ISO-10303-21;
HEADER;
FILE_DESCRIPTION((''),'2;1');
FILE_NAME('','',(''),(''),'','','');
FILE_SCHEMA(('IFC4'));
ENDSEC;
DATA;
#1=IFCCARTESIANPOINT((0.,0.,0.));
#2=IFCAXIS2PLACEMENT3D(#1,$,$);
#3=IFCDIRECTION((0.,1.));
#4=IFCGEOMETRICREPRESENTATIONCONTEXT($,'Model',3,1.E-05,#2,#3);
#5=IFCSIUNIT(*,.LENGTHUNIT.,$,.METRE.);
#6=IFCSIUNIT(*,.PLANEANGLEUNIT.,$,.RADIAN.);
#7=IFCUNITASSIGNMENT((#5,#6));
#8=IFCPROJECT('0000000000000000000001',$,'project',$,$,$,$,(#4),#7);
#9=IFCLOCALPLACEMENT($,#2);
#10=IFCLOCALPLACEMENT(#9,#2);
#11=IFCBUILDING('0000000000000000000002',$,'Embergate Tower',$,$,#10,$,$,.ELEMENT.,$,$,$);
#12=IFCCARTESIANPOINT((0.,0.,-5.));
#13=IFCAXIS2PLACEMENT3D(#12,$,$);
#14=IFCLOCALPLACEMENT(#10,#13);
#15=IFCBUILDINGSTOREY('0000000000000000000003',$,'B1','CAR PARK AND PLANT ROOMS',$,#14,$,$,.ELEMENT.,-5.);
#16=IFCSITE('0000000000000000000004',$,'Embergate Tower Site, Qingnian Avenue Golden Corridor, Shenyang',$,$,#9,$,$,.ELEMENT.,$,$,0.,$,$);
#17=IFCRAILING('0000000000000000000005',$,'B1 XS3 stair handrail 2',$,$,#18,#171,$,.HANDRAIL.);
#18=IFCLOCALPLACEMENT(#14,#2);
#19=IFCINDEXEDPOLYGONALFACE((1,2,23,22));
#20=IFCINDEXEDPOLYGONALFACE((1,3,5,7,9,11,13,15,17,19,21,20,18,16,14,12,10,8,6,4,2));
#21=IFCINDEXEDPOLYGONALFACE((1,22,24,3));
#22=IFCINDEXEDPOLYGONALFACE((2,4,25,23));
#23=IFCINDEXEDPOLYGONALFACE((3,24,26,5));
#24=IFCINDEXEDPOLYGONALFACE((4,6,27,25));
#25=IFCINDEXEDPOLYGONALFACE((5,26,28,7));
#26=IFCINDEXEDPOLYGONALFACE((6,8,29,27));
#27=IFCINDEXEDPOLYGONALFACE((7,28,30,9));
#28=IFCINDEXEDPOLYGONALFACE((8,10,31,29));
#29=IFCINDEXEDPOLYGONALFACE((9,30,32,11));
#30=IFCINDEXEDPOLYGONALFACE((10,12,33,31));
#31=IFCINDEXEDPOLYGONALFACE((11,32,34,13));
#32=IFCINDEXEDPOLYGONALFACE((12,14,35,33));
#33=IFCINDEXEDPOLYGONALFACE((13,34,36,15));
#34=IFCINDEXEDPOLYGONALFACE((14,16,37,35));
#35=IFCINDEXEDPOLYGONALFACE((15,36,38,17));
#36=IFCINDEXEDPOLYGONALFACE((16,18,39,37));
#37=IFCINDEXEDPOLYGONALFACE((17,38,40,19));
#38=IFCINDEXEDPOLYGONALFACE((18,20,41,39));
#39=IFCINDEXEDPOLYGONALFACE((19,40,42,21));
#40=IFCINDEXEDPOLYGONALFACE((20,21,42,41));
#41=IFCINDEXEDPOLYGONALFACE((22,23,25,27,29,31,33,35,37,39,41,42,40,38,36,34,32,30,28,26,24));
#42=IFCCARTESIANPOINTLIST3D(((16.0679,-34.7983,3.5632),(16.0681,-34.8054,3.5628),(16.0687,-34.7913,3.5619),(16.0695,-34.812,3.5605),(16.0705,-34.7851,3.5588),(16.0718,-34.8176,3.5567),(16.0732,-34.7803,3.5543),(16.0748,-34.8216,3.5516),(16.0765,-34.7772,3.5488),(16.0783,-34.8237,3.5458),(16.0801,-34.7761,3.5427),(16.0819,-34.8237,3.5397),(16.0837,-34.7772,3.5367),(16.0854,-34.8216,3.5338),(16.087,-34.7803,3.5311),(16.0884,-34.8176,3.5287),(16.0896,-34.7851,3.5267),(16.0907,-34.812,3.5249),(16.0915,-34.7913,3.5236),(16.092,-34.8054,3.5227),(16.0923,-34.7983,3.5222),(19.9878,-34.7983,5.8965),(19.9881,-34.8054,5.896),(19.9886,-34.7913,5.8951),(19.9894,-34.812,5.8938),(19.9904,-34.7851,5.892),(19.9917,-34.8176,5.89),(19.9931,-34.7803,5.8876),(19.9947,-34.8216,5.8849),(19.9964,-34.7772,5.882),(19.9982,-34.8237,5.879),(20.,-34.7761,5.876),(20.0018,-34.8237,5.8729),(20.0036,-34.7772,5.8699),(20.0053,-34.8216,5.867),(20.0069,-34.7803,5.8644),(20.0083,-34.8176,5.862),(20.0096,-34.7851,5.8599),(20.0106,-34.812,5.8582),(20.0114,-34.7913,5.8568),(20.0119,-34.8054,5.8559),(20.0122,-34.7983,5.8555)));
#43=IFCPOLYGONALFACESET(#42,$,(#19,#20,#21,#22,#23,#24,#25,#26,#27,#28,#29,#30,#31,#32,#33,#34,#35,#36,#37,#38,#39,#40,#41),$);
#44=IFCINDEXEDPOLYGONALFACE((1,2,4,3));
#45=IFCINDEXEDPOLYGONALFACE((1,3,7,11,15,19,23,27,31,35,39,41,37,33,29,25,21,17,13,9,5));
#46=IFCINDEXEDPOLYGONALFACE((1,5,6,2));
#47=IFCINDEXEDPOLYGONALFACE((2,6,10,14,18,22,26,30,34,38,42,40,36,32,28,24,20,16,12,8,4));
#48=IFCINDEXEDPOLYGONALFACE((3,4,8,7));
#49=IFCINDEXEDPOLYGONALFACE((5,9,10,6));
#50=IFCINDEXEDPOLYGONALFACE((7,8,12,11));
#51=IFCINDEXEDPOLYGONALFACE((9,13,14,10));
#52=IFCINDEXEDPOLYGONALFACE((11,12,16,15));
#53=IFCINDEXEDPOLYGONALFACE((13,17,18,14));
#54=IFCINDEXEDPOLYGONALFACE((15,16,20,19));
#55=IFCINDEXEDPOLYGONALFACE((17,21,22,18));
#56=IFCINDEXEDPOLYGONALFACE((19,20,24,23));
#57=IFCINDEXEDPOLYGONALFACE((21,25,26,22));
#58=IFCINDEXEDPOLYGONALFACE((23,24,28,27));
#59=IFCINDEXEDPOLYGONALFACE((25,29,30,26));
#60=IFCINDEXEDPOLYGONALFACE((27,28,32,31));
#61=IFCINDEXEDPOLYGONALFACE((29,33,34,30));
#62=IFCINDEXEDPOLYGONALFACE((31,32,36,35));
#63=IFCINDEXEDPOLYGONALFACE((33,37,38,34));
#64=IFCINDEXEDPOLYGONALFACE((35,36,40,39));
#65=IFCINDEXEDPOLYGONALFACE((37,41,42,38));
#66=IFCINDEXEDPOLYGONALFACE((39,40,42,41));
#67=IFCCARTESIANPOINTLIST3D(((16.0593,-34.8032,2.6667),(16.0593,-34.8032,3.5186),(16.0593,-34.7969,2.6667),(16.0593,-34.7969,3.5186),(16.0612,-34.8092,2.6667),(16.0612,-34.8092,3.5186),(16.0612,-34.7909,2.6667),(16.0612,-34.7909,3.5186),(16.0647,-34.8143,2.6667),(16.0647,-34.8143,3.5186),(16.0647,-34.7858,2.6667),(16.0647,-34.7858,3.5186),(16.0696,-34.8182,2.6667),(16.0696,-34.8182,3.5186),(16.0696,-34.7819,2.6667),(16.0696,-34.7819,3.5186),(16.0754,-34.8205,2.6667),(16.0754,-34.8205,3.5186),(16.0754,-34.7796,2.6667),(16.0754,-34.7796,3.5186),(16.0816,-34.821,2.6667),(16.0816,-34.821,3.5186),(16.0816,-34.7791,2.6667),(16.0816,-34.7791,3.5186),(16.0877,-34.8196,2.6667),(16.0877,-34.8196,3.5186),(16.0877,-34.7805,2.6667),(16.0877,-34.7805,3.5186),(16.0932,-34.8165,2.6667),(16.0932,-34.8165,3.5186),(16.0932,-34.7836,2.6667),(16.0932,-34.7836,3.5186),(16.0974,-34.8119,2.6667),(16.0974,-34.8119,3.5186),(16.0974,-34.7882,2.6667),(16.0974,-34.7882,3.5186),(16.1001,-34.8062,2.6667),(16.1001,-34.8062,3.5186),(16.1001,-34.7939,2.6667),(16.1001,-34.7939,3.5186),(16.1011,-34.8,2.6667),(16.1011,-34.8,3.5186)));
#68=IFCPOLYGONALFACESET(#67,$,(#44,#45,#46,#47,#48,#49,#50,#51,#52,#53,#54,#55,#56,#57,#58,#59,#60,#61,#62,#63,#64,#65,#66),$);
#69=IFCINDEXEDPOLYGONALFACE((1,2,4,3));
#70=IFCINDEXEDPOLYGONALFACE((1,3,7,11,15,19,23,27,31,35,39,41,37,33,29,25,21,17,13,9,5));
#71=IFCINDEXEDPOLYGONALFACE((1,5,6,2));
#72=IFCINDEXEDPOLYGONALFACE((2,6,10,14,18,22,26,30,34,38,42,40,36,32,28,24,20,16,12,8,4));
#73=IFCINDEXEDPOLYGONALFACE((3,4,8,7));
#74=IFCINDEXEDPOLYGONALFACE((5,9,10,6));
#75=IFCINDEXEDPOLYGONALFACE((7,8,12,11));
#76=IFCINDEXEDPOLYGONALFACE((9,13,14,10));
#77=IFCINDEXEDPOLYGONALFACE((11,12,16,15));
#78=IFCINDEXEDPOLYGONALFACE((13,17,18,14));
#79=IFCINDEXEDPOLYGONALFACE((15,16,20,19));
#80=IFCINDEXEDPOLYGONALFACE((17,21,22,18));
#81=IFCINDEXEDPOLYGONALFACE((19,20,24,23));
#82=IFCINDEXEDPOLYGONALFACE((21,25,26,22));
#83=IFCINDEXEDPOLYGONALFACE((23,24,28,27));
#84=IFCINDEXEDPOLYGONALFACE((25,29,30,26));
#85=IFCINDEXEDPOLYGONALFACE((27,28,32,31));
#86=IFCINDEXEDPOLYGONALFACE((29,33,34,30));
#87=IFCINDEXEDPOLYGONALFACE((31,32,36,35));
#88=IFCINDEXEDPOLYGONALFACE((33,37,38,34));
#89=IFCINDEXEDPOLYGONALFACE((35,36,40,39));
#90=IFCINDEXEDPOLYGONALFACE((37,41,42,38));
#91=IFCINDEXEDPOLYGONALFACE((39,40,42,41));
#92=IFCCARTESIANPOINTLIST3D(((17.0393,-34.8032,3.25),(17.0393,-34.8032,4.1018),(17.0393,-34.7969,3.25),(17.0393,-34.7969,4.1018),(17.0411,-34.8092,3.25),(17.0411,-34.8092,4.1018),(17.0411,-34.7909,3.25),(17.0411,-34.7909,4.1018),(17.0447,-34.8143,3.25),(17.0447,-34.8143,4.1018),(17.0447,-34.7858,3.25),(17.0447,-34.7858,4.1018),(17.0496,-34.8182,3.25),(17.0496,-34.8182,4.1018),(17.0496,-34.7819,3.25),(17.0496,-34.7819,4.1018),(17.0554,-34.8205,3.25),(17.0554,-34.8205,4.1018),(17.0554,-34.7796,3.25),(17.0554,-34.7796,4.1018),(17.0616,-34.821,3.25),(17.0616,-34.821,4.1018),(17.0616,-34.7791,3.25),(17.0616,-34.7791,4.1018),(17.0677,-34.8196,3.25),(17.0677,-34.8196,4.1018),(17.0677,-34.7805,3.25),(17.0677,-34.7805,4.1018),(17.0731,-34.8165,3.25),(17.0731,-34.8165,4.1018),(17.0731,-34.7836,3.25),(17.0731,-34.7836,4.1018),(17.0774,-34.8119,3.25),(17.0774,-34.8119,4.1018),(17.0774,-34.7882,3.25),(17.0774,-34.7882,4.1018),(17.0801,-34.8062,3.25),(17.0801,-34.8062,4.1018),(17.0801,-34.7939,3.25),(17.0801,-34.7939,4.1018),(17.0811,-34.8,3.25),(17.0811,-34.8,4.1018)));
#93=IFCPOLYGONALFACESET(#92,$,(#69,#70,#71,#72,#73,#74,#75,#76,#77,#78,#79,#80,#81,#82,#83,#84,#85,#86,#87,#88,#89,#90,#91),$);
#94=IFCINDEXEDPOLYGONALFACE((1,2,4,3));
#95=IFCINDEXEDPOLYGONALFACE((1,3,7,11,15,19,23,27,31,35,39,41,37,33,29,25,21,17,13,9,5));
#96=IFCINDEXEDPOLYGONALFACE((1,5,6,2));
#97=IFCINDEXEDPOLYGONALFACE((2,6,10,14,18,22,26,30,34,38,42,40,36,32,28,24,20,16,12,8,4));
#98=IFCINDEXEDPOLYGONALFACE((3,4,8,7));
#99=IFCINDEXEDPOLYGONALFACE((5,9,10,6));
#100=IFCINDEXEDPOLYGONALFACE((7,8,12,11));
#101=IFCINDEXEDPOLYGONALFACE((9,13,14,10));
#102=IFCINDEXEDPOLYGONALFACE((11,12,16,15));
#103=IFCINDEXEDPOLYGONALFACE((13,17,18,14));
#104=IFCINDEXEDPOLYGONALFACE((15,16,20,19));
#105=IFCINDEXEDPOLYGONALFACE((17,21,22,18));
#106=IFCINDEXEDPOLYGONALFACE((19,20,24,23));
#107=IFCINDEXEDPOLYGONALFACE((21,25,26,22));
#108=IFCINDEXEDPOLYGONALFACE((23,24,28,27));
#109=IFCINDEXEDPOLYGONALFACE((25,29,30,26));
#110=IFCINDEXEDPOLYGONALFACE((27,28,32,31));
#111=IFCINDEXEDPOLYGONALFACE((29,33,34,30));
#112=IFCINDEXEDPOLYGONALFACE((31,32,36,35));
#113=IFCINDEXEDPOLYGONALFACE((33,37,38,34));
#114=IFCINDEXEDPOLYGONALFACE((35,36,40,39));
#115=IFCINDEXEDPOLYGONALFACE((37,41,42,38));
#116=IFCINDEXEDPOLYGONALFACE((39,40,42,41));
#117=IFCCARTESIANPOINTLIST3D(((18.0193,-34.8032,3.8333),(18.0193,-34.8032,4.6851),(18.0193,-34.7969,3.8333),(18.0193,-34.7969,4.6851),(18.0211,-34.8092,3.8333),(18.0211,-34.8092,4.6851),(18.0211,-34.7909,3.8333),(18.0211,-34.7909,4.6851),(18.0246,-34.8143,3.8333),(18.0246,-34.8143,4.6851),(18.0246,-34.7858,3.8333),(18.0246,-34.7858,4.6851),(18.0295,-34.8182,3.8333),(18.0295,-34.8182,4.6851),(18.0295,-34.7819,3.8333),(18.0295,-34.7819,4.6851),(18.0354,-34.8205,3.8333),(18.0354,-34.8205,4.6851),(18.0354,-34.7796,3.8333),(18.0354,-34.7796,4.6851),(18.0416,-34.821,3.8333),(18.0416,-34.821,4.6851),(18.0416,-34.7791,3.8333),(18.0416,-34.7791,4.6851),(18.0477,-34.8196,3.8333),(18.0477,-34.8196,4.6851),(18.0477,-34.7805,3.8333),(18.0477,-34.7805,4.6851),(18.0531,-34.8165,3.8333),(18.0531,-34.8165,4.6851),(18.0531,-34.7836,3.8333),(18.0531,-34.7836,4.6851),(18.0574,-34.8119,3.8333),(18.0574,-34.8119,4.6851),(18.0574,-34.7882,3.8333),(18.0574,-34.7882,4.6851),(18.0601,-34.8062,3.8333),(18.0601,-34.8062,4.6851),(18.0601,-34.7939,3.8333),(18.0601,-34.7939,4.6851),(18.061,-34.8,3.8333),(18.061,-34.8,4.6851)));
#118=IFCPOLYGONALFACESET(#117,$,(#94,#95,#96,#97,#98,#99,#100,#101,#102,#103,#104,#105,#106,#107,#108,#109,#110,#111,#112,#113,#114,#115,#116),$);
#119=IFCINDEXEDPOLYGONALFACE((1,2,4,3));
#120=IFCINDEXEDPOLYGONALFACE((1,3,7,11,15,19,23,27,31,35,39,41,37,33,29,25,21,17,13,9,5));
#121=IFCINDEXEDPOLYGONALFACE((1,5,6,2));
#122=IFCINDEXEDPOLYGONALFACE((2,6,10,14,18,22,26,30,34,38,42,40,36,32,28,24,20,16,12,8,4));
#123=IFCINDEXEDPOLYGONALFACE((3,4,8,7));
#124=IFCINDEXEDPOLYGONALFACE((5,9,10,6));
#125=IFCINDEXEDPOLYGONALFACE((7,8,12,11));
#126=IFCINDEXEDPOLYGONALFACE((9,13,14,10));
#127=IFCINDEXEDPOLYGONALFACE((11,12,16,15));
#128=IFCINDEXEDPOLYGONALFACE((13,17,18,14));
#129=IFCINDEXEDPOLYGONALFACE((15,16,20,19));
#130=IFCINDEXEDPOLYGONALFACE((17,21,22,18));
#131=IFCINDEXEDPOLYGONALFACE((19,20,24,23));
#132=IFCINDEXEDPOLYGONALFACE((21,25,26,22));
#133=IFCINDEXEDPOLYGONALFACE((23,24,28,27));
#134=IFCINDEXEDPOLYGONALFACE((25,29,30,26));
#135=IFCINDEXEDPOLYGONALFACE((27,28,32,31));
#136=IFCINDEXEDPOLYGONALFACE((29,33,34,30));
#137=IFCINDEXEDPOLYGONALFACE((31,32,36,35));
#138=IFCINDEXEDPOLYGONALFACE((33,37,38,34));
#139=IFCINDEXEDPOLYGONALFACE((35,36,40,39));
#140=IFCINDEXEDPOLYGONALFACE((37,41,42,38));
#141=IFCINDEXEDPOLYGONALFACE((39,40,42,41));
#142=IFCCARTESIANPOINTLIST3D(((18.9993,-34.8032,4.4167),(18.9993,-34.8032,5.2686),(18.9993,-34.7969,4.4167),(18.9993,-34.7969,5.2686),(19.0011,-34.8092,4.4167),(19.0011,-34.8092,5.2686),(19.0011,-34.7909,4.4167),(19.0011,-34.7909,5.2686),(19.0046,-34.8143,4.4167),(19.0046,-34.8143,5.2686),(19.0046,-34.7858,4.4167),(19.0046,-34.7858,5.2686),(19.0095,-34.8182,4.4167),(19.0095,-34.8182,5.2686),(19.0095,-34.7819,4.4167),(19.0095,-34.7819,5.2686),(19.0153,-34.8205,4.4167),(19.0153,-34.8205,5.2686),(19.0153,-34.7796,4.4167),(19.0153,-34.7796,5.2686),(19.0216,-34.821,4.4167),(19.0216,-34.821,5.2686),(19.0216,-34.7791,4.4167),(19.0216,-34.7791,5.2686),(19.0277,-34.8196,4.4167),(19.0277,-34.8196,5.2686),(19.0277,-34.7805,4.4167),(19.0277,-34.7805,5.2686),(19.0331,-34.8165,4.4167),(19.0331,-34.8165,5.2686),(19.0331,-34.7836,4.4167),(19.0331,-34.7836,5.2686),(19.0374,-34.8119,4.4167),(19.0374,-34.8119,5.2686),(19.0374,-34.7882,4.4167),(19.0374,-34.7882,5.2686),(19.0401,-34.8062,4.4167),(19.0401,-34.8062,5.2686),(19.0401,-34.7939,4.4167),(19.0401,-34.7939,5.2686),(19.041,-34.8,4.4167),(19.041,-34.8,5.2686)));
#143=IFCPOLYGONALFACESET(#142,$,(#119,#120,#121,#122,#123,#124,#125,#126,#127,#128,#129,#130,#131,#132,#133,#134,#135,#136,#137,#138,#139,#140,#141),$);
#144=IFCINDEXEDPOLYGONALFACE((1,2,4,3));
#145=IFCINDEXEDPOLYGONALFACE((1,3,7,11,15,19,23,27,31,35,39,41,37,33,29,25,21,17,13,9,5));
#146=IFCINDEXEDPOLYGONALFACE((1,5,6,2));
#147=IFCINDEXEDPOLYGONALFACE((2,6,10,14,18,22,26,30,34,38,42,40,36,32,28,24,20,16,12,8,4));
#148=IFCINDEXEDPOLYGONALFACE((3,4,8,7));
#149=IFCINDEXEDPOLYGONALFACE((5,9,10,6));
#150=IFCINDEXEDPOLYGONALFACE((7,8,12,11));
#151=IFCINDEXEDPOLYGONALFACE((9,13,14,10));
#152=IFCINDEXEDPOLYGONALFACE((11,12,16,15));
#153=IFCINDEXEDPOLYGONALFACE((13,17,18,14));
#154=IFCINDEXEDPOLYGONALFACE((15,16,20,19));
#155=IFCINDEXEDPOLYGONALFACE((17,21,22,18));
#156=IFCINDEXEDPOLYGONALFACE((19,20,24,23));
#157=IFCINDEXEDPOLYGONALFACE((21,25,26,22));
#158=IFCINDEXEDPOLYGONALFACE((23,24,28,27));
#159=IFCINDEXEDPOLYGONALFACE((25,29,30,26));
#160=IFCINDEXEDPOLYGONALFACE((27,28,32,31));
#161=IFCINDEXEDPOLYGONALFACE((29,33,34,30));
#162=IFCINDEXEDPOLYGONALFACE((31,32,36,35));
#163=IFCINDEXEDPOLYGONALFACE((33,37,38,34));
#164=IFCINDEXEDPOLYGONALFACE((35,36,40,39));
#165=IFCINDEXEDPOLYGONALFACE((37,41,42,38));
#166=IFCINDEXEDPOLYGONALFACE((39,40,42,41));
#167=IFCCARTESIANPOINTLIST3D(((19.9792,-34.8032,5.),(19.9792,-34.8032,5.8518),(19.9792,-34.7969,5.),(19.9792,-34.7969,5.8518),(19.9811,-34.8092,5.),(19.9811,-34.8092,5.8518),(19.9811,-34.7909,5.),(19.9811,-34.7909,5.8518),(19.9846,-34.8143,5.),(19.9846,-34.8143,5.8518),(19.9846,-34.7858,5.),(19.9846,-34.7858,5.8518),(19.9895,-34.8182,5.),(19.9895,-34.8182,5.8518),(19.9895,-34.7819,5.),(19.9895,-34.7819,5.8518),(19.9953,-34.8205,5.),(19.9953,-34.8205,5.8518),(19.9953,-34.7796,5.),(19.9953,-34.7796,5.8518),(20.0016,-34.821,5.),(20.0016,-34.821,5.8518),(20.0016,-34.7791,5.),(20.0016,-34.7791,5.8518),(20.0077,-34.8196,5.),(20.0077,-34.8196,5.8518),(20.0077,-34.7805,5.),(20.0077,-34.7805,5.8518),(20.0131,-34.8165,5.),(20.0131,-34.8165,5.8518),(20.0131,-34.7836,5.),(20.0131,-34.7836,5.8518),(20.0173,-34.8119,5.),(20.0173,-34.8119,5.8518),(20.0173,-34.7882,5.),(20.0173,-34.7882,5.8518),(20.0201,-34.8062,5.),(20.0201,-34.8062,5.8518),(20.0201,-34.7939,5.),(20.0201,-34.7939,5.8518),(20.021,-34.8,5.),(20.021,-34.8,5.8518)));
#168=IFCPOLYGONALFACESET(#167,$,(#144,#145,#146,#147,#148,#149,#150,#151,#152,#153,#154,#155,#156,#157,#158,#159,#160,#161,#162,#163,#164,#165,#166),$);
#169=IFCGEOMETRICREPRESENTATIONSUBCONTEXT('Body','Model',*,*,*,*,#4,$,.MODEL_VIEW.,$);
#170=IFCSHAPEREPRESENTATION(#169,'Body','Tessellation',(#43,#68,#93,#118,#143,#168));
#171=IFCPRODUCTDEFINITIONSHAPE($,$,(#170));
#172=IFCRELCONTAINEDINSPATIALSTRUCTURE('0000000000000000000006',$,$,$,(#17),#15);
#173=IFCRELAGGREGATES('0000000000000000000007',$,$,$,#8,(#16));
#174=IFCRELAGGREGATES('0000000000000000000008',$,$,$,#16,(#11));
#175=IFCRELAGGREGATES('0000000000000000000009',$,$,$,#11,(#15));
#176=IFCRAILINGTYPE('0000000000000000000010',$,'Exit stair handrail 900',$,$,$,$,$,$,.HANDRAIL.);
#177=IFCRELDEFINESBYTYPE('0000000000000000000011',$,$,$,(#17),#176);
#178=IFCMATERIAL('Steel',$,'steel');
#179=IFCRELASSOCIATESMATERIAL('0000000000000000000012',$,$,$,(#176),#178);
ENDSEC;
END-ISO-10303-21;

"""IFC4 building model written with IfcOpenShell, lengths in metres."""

from ifc_helpers import new_model, si_unit, direction, frame, origin, origin_2d, place, context, subcontext, project, spatial, circle, extrude, source, transform, mapped, material, type_object, element, save


model = new_model("IFC4")

# Units and contexts
model_context = context("Model", 3, precision=1e-05, world=origin(), true_north=direction((0.0, 1.0)))
body_context = subcontext(model_context, "Body", "Model", "MODEL_VIEW")
ifc_project = project(units=[si_unit("LENGTHUNIT", "METRE"), si_unit("PLANEANGLEUNIT", "RADIAN")], contexts=[model_context])

# Site, building, storey
site_placement = place(None, origin())
site = spatial("IfcSite", under=ifc_project, at=site_placement, Name="Embergate Tower Site, Qingnian Avenue Golden Corridor, Shenyang", CompositionType="ELEMENT", RefElevation=0.0)
building_placement = place(site_placement, origin())
building = spatial("IfcBuilding", under=site, at=building_placement, Name="Embergate Tower", CompositionType="ELEMENT")
storey_placement = place(building_placement, frame((0.0, 0.0, -5.0)))
storey = spatial("IfcBuildingStorey", under=building, at=storey_placement, Name="B1", Description="CAR PARK AND PLANT ROOMS", CompositionType="ELEMENT", Elevation=-5.0)

# Railing
ifc_material_1 = material(Name="Steel", Category="steel")
railing_type_1 = type_object("IfcRailingType", Name="Exit stair handrail 900", PredefinedType="HANDRAIL", material=ifc_material_1)
shared_shape_1 = source(origin(), body_context, "Body", "SweptSolid", [
    extrude(circle(Radius=0.0239, at=origin_2d()), frame((0.0, 0.0, 0.876), z_axis=(0.859296, 0.0, 0.511478), x_axis=(0.0, 1.0, 0.0)), (0.0, 0.0, 1.0), 4.5618),
    extrude(circle(Radius=0.021, at=origin_2d()), origin(), (0.0, 0.0, 1.0), 0.8518),
    extrude(circle(Radius=0.021, at=origin_2d()), frame((0.98, 0.0, 0.5833)), (0.0, 0.0, 1.0), 0.8518),
    extrude(circle(Radius=0.021, at=origin_2d()), frame((1.96, 0.0, 1.1665)), (0.0, 0.0, 1.0), 0.8518),
    extrude(circle(Radius=0.021, at=origin_2d()), frame((2.9399, 0.0, 1.75)), (0.0, 0.0, 1.0), 0.8518),
    extrude(circle(Radius=0.021, at=origin_2d()), frame((3.9199, 0.0, 2.3333)), (0.0, 0.0, 1.0), 0.8518),
])
railing_1_placement = place(storey_placement, frame((16.0801, -34.8, 2.6667)))
element("IfcRailing", 1, at=railing_1_placement, inside=storey, type_object=railing_type_1, Name="B1 XS3 stair handrail 2", PredefinedType="HANDRAIL", context=body_context, shape_type="MappedRepresentation", body=[
    mapped(shared_shape_1, transform((0.0, 0.0, 0.0))),
])

save(model, "model.ifc")
